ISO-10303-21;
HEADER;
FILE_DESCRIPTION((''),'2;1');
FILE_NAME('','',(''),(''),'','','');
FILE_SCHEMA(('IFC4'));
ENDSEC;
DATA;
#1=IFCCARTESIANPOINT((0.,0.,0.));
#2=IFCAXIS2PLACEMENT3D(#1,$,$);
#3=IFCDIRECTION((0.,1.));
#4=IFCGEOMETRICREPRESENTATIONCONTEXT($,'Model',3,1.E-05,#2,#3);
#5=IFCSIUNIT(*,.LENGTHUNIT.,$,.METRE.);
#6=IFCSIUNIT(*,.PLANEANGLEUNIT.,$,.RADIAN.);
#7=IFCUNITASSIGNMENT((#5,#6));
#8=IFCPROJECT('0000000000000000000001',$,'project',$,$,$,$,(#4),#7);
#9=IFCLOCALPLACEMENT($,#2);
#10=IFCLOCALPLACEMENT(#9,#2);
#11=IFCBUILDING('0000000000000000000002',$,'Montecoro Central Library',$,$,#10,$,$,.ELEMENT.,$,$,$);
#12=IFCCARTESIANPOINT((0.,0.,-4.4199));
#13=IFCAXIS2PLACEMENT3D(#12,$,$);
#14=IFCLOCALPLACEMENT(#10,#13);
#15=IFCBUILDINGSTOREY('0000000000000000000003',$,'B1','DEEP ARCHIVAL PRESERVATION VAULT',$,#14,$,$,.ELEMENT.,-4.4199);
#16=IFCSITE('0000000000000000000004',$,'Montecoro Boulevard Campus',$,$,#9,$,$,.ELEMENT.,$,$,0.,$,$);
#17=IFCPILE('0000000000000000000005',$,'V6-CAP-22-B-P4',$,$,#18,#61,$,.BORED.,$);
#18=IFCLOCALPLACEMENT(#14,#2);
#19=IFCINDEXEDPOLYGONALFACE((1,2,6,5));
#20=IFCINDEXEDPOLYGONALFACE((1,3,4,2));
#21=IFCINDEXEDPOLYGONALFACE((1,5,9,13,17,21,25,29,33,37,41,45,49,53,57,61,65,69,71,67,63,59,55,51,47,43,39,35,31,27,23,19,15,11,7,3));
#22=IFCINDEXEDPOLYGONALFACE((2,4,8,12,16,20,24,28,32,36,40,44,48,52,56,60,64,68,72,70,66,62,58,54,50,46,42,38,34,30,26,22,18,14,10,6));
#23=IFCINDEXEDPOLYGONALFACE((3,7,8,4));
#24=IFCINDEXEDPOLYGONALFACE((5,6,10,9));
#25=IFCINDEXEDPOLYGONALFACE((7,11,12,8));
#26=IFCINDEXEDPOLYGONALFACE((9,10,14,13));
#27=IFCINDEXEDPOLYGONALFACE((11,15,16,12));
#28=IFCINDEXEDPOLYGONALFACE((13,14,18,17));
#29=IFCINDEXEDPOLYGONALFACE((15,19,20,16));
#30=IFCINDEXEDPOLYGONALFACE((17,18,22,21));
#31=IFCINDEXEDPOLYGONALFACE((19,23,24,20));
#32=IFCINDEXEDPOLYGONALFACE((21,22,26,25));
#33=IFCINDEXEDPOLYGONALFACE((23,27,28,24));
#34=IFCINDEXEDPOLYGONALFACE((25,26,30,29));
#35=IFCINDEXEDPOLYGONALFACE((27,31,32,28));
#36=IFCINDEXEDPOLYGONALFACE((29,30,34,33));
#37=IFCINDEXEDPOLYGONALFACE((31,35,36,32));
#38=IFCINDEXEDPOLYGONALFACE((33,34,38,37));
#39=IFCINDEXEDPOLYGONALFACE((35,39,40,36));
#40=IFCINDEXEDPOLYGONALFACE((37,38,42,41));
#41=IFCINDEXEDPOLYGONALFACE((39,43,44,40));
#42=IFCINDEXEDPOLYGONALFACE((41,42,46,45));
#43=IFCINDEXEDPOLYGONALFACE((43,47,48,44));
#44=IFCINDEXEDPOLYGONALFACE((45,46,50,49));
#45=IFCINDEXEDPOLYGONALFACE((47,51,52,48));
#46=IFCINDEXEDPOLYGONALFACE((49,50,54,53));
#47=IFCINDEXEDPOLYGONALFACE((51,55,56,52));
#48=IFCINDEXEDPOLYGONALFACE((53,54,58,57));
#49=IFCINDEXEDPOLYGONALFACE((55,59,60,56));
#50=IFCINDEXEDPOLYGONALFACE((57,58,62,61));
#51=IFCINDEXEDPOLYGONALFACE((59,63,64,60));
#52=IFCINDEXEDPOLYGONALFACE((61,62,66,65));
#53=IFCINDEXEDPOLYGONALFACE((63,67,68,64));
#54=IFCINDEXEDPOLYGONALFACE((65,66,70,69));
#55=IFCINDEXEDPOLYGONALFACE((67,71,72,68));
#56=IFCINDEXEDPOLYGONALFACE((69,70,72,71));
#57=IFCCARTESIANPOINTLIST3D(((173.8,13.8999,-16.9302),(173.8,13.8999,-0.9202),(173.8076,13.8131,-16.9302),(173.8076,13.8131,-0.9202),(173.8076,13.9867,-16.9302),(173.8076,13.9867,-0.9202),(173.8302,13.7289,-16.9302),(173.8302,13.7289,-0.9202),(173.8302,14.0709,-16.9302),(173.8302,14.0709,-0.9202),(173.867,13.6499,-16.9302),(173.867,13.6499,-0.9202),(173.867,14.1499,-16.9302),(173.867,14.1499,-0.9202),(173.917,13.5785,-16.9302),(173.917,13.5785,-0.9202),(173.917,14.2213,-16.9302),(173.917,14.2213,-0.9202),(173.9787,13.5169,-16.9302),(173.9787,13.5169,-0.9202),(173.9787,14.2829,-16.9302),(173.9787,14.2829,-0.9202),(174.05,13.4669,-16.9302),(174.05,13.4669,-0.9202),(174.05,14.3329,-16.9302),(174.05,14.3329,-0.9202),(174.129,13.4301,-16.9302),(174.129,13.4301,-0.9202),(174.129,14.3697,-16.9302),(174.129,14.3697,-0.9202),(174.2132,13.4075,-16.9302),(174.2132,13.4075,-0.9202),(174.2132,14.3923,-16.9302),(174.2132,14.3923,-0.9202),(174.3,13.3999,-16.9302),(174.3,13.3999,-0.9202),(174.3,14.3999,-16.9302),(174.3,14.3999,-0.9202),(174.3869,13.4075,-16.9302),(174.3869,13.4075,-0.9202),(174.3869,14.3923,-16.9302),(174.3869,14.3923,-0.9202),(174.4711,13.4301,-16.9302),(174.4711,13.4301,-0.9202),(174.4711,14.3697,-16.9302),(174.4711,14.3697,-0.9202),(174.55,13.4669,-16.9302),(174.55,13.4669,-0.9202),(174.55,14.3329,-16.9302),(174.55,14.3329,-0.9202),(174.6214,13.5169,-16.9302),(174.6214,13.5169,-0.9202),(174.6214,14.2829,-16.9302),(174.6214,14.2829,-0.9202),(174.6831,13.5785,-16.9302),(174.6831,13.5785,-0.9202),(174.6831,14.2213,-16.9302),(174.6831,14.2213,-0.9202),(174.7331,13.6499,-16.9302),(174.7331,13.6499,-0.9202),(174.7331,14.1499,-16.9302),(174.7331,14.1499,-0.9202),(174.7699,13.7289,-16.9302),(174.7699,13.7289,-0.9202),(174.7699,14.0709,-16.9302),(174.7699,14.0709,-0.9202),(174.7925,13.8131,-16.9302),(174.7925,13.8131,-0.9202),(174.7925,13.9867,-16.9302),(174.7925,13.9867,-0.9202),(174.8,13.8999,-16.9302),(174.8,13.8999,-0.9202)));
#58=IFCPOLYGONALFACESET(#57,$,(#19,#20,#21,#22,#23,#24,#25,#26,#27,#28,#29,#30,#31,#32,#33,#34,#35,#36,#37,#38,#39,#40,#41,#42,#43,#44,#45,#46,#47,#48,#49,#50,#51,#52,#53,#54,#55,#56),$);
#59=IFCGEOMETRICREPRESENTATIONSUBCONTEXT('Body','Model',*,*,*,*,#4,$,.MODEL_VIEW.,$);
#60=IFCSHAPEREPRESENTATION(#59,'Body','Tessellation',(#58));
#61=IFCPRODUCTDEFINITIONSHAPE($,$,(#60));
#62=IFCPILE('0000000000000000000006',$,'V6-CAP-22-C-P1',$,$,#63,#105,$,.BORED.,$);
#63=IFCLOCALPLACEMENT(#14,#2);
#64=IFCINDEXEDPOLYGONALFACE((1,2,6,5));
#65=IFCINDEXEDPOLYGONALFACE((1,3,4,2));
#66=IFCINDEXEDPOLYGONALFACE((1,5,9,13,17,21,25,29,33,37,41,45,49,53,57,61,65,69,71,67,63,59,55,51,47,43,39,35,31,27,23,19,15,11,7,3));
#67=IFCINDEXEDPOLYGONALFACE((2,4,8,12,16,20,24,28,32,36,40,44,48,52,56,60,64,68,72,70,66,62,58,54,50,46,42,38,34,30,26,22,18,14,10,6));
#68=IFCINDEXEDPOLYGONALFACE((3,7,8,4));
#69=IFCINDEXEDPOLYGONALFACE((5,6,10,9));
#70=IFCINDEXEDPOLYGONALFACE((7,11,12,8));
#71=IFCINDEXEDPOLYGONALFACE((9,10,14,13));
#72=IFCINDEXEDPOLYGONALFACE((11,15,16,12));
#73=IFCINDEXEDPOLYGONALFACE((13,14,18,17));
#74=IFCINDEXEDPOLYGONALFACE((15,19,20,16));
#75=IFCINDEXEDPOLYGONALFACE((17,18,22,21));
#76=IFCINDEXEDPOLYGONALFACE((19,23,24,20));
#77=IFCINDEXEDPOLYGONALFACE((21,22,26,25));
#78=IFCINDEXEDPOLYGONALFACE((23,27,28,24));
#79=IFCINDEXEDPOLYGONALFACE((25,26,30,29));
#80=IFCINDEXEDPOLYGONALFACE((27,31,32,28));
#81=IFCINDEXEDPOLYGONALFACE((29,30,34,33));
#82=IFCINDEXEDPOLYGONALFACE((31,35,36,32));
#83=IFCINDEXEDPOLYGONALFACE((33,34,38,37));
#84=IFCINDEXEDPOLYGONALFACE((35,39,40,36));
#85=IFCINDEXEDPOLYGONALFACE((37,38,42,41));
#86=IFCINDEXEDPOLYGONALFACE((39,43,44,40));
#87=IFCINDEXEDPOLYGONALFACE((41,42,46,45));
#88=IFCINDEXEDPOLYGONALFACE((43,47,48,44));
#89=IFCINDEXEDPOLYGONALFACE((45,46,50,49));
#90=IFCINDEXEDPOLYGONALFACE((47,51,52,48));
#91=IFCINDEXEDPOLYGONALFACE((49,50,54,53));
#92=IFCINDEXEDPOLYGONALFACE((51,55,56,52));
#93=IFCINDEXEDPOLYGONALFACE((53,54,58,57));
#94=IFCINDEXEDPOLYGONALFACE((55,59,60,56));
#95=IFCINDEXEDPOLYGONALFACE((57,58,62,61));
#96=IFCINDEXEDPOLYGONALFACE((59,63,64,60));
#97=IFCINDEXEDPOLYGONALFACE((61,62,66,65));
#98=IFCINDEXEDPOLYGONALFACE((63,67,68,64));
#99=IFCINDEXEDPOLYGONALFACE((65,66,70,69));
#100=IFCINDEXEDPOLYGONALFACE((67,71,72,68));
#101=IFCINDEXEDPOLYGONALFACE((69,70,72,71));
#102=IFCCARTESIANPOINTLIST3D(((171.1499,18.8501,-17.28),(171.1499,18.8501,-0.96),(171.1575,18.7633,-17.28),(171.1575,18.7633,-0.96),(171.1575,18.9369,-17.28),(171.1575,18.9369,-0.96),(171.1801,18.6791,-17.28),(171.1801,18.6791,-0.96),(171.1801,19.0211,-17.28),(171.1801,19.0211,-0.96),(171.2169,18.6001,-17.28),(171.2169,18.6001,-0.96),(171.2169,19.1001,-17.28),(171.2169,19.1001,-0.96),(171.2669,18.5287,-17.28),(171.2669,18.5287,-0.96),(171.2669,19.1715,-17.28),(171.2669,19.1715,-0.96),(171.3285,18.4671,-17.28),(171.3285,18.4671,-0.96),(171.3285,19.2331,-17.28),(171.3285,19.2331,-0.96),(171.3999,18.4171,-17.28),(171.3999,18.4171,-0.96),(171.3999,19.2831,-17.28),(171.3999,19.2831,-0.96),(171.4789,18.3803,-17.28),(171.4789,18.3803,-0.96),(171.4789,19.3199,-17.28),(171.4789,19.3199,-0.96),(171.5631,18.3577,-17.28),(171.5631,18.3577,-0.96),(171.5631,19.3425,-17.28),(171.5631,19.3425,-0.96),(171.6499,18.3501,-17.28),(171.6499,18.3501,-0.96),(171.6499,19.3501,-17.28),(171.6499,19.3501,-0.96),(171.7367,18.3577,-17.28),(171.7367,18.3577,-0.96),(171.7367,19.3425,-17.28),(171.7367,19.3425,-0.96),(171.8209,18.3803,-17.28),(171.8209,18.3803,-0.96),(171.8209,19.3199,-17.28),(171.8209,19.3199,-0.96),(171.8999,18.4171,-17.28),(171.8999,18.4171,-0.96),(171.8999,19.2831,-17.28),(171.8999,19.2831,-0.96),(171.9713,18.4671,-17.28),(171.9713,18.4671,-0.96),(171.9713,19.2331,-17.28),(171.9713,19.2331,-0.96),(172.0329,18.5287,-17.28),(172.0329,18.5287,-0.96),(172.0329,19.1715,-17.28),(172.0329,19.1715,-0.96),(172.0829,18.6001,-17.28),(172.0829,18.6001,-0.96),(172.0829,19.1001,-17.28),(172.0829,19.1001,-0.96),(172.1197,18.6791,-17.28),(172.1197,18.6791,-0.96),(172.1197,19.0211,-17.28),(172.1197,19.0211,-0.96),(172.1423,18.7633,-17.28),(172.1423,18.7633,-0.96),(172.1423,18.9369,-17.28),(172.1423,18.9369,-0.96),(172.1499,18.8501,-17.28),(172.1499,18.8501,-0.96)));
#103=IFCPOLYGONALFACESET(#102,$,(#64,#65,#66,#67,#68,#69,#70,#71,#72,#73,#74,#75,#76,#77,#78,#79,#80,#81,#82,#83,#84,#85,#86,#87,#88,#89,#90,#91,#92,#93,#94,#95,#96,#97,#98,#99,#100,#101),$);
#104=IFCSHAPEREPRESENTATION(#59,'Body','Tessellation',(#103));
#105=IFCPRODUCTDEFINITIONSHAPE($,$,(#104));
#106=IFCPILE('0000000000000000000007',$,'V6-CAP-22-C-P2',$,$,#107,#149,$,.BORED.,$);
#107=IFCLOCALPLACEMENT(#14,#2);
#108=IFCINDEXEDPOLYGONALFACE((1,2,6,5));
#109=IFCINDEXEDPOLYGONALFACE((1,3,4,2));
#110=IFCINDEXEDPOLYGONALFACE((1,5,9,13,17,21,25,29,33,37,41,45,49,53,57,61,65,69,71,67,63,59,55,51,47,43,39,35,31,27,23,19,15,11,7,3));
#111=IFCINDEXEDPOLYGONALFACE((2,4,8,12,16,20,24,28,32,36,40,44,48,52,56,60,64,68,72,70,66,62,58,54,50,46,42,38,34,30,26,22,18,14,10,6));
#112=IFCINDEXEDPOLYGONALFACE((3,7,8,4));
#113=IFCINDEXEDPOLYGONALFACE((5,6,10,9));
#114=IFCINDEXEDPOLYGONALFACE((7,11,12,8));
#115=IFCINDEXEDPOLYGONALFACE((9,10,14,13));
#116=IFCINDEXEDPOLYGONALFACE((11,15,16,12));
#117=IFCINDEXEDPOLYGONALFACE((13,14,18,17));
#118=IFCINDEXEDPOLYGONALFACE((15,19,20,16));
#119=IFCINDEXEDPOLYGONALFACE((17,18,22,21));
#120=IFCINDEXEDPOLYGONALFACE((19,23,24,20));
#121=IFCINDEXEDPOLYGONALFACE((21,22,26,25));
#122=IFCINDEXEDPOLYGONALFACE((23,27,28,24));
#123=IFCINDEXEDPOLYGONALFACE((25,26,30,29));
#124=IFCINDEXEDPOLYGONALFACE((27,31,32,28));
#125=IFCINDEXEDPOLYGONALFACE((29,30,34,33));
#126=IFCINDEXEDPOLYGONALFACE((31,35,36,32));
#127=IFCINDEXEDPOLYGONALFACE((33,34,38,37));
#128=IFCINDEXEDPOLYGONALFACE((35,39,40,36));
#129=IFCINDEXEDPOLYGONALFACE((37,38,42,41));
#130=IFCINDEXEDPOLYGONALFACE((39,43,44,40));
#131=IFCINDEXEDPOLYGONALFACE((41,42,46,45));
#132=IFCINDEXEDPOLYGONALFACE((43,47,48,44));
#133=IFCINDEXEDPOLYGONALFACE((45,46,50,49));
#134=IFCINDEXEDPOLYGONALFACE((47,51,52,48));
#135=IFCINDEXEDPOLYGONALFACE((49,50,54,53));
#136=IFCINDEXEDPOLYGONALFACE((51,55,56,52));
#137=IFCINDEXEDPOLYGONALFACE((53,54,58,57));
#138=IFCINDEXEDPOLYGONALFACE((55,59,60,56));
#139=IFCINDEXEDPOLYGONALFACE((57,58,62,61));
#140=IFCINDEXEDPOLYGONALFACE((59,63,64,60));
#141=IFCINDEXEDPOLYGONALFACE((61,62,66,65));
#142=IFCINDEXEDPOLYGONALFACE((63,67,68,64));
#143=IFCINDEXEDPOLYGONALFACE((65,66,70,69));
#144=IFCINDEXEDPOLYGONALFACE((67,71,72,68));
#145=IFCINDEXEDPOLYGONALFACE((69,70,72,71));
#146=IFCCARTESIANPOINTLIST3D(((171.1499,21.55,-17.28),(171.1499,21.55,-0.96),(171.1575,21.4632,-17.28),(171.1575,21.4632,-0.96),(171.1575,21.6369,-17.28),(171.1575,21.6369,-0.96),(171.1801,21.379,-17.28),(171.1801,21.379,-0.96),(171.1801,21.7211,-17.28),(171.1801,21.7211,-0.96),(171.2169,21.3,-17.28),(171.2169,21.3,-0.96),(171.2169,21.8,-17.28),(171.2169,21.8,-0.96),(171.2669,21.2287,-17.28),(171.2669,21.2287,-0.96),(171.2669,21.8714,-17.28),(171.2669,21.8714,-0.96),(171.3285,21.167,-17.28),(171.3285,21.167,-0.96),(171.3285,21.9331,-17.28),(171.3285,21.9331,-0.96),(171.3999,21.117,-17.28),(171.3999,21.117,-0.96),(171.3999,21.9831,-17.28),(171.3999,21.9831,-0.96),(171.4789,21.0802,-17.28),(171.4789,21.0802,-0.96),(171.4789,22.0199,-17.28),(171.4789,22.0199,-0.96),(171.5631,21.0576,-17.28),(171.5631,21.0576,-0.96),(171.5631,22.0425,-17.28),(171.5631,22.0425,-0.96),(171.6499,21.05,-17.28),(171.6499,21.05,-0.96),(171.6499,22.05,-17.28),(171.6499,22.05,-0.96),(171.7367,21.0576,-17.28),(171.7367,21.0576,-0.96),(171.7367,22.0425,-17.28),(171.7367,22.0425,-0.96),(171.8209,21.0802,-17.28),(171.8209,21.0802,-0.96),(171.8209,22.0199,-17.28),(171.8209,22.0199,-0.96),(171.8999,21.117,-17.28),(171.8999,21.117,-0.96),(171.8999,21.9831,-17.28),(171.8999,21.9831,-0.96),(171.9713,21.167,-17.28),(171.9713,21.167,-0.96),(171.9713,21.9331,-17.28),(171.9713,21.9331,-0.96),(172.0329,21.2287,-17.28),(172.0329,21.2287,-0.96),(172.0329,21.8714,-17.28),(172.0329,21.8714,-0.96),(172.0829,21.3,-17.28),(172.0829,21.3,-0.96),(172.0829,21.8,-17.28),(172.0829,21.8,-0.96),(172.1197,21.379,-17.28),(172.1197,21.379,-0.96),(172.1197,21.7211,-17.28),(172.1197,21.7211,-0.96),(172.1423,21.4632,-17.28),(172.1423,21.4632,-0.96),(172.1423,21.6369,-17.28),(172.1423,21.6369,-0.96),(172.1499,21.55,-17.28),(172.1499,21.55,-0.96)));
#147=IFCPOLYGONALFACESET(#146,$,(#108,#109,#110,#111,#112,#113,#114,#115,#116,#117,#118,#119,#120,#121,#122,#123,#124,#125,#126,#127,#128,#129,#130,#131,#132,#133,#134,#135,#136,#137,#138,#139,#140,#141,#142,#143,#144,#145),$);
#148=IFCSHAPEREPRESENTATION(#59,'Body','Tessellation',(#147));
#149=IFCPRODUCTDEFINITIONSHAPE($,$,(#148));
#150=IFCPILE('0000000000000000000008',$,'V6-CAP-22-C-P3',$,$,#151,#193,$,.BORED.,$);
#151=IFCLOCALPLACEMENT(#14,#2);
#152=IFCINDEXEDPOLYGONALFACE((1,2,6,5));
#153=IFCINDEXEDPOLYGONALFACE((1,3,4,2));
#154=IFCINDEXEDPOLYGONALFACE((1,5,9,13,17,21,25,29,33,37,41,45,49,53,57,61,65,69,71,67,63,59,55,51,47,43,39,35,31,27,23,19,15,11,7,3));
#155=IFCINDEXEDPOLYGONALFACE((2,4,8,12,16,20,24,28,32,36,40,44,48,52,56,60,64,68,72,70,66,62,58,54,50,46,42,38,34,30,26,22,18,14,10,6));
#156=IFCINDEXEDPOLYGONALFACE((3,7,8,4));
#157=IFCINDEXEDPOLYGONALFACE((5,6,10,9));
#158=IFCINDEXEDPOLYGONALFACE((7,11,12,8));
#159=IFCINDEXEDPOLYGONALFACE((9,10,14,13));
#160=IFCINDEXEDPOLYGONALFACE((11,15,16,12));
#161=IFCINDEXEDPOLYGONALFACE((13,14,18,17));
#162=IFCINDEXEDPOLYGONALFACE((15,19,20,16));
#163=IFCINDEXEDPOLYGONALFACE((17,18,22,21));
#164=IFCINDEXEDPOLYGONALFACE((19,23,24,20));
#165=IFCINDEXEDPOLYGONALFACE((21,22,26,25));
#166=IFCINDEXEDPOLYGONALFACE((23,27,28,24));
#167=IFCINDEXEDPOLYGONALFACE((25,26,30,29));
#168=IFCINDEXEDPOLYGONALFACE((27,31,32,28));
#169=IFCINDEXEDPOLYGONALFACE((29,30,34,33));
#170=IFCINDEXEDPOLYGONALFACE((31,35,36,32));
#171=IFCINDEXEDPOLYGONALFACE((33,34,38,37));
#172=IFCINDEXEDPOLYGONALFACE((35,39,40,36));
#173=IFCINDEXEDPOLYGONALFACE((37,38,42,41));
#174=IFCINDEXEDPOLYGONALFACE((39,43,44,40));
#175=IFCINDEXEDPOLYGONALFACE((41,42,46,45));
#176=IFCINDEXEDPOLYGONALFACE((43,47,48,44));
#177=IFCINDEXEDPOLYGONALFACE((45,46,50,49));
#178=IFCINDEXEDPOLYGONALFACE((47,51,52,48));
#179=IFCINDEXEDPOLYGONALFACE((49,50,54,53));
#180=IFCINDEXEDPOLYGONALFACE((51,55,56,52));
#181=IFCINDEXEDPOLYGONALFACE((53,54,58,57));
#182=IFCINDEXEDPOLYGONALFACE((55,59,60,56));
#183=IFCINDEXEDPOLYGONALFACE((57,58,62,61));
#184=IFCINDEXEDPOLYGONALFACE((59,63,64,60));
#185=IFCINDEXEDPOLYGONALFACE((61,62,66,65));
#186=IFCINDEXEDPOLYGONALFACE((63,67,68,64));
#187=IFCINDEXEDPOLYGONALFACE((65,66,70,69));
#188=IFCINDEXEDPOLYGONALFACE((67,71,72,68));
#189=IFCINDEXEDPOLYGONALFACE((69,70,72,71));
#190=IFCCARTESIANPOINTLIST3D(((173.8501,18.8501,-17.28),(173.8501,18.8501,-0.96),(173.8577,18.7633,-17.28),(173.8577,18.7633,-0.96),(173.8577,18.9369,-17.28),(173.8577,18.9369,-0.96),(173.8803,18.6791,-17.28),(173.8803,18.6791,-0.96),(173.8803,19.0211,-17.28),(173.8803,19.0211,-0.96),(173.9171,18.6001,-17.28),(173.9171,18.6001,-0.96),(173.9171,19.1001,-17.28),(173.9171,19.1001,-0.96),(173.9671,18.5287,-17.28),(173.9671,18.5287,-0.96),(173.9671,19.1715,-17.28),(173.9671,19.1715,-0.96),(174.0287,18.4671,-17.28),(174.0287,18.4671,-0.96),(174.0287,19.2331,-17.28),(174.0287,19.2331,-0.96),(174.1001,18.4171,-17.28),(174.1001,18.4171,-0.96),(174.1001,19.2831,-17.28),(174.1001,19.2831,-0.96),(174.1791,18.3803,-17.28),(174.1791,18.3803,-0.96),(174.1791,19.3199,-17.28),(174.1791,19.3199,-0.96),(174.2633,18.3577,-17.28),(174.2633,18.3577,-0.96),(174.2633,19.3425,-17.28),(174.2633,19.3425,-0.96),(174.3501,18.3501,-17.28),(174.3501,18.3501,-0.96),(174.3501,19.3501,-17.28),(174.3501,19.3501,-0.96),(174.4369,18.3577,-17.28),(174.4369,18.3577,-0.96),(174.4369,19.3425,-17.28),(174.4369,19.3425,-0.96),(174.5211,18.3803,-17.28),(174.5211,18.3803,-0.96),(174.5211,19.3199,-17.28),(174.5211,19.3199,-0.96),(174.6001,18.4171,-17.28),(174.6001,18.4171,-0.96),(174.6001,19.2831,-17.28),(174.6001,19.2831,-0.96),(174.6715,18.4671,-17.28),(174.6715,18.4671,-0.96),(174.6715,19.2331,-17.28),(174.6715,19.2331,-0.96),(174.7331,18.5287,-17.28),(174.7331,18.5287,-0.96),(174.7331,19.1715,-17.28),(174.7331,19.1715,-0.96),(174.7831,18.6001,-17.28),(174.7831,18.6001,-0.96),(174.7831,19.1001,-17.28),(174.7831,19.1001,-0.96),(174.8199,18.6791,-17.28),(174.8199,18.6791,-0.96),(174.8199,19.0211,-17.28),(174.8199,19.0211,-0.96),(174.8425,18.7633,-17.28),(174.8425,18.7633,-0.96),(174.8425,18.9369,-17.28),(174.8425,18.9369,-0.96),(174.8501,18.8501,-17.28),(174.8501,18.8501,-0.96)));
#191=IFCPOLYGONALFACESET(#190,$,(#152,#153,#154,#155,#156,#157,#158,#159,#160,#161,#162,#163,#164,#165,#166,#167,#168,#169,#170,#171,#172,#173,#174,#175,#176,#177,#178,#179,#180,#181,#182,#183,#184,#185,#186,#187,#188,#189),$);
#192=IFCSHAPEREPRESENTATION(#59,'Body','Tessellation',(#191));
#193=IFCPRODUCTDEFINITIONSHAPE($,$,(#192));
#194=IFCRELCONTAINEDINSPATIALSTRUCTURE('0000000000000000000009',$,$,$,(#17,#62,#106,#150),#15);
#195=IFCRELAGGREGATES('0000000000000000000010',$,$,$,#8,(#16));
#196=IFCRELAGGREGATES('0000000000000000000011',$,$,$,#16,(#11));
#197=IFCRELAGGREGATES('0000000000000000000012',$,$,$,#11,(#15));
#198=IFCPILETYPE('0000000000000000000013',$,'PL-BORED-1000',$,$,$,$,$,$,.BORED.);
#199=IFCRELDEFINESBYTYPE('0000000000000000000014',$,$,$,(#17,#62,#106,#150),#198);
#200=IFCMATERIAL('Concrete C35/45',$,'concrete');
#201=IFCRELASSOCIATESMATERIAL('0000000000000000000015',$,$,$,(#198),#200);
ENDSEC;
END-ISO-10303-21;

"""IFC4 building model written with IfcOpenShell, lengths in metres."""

from ifc_helpers import new_model, si_unit, direction, frame, origin, origin_2d, place, context, subcontext, project, spatial, circle, extrude, material, material_profile, profile_set, type_object, element, save


model = new_model("IFC4")

# Units and contexts
model_context = context("Model", 3, precision=1e-05, world=origin(), true_north=direction((0.0, 1.0)))
body_context = subcontext(model_context, "Body", "Model", "MODEL_VIEW")
ifc_project = project(units=[si_unit("LENGTHUNIT", "METRE"), si_unit("PLANEANGLEUNIT", "RADIAN")], contexts=[model_context])

# Site, building, storey
site_placement = place(None, origin())
site = spatial("IfcSite", under=ifc_project, at=site_placement, Name="Montecoro Boulevard Campus", CompositionType="ELEMENT", RefElevation=0.0)
building_placement = place(site_placement, origin())
building = spatial("IfcBuilding", under=site, at=building_placement, Name="Montecoro Central Library", CompositionType="ELEMENT")
storey_placement = place(building_placement, frame((0.0, 0.0, -4.4199)))
storey = spatial("IfcBuildingStorey", under=building, at=storey_placement, Name="B1", Description="DEEP ARCHIVAL PRESERVATION VAULT", CompositionType="ELEMENT", Elevation=-4.4199)

# Shared definitions
ifc_material_1 = material(Name="Concrete C35/45", Category="concrete")

# Piles
ifc_material_profile_1 = material_profile(ifc_material_1, circle(Radius=0.5, at=origin_2d()), Name="PILE D1000")
ifc_profile_set_1 = profile_set([ifc_material_profile_1], Name="Concrete C35/45")
pile_type_1 = type_object("IfcPileType", Name="PL-BORED-1000", PredefinedType="BORED", material=ifc_profile_set_1)
for number, where, z_axis, x_axis, name in (
    (1, (174.3, 13.8999, -0.9202), (0.0, 0.0, -1.0), (1.0, 0.0, 0.0), "V6-CAP-22-B-P4"),
):
    element("IfcPile", number, at=place(storey_placement, frame(where, z_axis=z_axis, x_axis=x_axis)), inside=storey, type_object=pile_type_1, Name=name, PredefinedType="BORED", context=body_context, shape_type="SweptSolid", body=[
        extrude(circle(Radius=0.5, at=origin_2d()), origin(), (0.0, 0.0, 1.0), 16.01),
    ])
for number, where, z_axis, x_axis, name in (
    (2, (171.6499, 18.8501, -0.96), (0.0, 0.0, -1.0), (1.0, 0.0, 0.0), "V6-CAP-22-C-P1"),
    (3, (171.6499, 21.55, -0.96), (0.0, 0.0, -1.0), (1.0, 0.0, 0.0), "V6-CAP-22-C-P2"),
    (4, (174.3501, 18.8501, -0.96), (0.0, 0.0, -1.0), (1.0, 0.0, 0.0), "V6-CAP-22-C-P3"),
):
    element("IfcPile", number, at=place(storey_placement, frame(where, z_axis=z_axis, x_axis=x_axis)), inside=storey, type_object=pile_type_1, Name=name, PredefinedType="BORED", context=body_context, shape_type="SweptSolid", body=[
        extrude(circle(Radius=0.5, at=origin_2d()), origin(), (0.0, 0.0, 1.0), 16.3201),
    ])

save(model, "model.ifc")
